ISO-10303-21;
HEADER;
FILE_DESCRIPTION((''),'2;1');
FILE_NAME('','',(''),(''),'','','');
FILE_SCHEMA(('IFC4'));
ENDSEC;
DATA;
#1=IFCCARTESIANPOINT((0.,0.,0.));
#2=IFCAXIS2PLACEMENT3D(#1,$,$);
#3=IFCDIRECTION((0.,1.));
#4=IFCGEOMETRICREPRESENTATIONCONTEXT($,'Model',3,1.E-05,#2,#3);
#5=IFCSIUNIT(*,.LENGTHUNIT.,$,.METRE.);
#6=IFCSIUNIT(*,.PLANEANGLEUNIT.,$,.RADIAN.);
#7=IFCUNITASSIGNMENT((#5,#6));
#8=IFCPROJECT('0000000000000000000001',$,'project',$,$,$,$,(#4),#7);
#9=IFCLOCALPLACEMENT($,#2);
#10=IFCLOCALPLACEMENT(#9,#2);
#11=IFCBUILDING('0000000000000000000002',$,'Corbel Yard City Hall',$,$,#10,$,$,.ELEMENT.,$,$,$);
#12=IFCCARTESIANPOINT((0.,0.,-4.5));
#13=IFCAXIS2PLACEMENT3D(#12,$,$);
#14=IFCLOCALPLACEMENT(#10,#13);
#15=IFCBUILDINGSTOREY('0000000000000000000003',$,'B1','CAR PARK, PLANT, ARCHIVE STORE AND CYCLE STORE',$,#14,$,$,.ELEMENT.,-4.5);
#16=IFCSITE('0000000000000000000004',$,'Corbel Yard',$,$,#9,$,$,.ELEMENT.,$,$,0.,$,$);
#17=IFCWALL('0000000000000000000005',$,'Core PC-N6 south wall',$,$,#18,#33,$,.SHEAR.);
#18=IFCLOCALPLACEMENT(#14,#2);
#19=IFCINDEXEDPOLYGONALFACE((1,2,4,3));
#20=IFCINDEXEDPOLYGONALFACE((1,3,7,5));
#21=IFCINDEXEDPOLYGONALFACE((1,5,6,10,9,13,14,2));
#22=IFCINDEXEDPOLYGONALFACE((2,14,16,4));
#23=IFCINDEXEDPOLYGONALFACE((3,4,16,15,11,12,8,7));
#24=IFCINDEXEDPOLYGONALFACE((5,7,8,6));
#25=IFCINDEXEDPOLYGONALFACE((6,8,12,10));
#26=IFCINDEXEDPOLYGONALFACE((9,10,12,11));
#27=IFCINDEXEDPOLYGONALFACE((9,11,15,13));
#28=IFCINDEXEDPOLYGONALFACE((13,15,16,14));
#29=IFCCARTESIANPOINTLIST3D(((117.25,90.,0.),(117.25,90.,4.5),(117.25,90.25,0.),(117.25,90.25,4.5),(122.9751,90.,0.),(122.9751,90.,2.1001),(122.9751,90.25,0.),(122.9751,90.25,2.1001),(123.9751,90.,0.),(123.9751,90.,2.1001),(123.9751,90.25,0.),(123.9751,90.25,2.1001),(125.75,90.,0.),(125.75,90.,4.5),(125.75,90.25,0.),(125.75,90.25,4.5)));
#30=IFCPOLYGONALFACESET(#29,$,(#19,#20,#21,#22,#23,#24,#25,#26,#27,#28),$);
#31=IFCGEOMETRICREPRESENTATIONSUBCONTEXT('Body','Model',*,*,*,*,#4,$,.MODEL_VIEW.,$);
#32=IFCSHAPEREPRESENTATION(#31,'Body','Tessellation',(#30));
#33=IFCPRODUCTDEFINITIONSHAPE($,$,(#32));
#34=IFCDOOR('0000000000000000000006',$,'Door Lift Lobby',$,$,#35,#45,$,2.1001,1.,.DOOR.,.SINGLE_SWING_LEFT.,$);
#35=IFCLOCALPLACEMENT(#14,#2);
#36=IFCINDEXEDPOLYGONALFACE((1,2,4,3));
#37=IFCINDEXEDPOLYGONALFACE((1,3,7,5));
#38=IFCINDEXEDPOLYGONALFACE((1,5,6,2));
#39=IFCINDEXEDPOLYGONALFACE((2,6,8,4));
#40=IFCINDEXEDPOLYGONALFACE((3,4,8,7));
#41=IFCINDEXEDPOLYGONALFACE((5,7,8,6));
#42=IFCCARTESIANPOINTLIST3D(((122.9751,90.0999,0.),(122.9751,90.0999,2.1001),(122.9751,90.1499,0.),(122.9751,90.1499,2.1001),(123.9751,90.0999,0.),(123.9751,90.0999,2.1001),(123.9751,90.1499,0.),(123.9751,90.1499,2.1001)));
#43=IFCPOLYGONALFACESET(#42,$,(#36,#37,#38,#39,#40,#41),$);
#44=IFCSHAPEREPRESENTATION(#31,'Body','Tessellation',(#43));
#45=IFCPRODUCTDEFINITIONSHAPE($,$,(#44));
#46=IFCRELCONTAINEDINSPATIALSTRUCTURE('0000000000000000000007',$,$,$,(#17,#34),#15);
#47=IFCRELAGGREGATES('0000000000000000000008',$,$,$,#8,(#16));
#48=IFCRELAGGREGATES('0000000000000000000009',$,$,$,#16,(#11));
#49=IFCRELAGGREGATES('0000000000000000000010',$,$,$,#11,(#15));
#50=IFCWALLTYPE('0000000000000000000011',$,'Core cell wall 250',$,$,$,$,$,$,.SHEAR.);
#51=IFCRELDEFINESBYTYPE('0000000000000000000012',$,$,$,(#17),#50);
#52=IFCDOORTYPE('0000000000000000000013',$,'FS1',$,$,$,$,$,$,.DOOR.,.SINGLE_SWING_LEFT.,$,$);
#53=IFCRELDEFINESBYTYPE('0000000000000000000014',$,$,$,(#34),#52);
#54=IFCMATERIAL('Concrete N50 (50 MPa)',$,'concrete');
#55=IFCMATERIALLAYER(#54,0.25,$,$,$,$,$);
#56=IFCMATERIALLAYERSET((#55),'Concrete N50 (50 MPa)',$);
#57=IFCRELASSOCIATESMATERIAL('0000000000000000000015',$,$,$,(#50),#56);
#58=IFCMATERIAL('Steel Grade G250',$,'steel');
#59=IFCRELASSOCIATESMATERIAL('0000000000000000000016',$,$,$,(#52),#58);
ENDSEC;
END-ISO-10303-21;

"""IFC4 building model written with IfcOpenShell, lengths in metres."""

from ifc_helpers import new_model, si_unit, direction, frame, frame_2d, origin, place, context, subcontext, project, spatial, rectangle, extrude, material, layer, layer_set, type_object, element, fill, save


model = new_model("IFC4")

# Units and contexts
model_context = context("Model", 3, precision=1e-05, world=origin(), true_north=direction((0.0, 1.0)))
body_context = subcontext(model_context, "Body", "Model", "MODEL_VIEW")
ifc_project = project(units=[si_unit("LENGTHUNIT", "METRE"), si_unit("PLANEANGLEUNIT", "RADIAN")], contexts=[model_context])

# Site, building, storey
site_placement = place(None, origin())
site = spatial("IfcSite", under=ifc_project, at=site_placement, Name="Corbel Yard", CompositionType="ELEMENT", RefElevation=0.0)
building_placement = place(site_placement, origin())
building = spatial("IfcBuilding", under=site, at=building_placement, Name="Corbel Yard City Hall", CompositionType="ELEMENT")
storey_placement = place(building_placement, frame((0.0, 0.0, -4.5)))
storey = spatial("IfcBuildingStorey", under=building, at=storey_placement, Name="B1", Description="CAR PARK, PLANT, ARCHIVE STORE AND CYCLE STORE", CompositionType="ELEMENT", Elevation=-4.5)

# Shared definitions
ifc_material_1 = material(Name="Concrete N50 (50 MPa)", Category="concrete")
ifc_layer = layer(ifc_material_1, 0.25)
ifc_layer_set = layer_set([ifc_layer], Name="Concrete N50 (50 MPa)")
wall_type = type_object("IfcWallType", Name="Core cell wall 250", PredefinedType="SHEAR", material=ifc_layer_set)

# Wall, opening, door
wall_1_placement = place(storey_placement, frame((117.25, 90.125, 0.0), z_axis=(0.0, 0.0, 1.0), x_axis=(1.0, 0.0, 0.0)))
wall_1 = element("IfcWall", 1, at=wall_1_placement, inside=storey, type_object=wall_type, Name="Core PC-N6 south wall", PredefinedType="SHEAR", context=body_context, shape_type="SweptSolid", body=[
    extrude(rectangle(XDim=8.5, YDim=0.25, at=frame_2d((4.25, 0.0))), origin(), (0.0, 0.0, 1.0), 4.5),
])
opening_placement = place(wall_1_placement, frame((5.7251, 0.0, 0.0)))
opening = element("IfcOpeningElement", 2, at=opening_placement, cuts=wall_1, PredefinedType="OPENING", context=body_context, shape_type="SweptSolid", body=[
    extrude(rectangle(XDim=1.0, YDim=2.1001, at=frame_2d((0.5, 1.05))), frame((0.0, 0.135, 0.0), z_axis=(0.0, -1.0, 0.0), x_axis=(1.0, 0.0, 0.0)), (0.0, 0.0, 1.0), 0.27),
])
ifc_material_2 = material(Name="Steel Grade G250", Category="steel")
door_type = type_object("IfcDoorType", Name="FS1", OperationType="SINGLE_SWING_LEFT", PredefinedType="DOOR", material=ifc_material_2)
door_placement = place(opening_placement, origin())
door = element("IfcDoor", 3, at=door_placement, inside=storey, type_object=door_type, Name="Door Lift Lobby", OperationType="SINGLE_SWING_LEFT", OverallHeight=2.1001, OverallWidth=1.0, PredefinedType="DOOR", context=body_context, shape_type="SweptSolid", body=[
    extrude(rectangle(XDim=1.0, YDim=2.1001, at=frame_2d((0.5, 1.05))), frame((0.0, 0.0249, 0.0), z_axis=(0.0, -1.0, 0.0), x_axis=(1.0, 0.0, 0.0)), (0.0, 0.0, 1.0), 0.05),
])
fill(opening, door)

save(model, "model.ifc")
